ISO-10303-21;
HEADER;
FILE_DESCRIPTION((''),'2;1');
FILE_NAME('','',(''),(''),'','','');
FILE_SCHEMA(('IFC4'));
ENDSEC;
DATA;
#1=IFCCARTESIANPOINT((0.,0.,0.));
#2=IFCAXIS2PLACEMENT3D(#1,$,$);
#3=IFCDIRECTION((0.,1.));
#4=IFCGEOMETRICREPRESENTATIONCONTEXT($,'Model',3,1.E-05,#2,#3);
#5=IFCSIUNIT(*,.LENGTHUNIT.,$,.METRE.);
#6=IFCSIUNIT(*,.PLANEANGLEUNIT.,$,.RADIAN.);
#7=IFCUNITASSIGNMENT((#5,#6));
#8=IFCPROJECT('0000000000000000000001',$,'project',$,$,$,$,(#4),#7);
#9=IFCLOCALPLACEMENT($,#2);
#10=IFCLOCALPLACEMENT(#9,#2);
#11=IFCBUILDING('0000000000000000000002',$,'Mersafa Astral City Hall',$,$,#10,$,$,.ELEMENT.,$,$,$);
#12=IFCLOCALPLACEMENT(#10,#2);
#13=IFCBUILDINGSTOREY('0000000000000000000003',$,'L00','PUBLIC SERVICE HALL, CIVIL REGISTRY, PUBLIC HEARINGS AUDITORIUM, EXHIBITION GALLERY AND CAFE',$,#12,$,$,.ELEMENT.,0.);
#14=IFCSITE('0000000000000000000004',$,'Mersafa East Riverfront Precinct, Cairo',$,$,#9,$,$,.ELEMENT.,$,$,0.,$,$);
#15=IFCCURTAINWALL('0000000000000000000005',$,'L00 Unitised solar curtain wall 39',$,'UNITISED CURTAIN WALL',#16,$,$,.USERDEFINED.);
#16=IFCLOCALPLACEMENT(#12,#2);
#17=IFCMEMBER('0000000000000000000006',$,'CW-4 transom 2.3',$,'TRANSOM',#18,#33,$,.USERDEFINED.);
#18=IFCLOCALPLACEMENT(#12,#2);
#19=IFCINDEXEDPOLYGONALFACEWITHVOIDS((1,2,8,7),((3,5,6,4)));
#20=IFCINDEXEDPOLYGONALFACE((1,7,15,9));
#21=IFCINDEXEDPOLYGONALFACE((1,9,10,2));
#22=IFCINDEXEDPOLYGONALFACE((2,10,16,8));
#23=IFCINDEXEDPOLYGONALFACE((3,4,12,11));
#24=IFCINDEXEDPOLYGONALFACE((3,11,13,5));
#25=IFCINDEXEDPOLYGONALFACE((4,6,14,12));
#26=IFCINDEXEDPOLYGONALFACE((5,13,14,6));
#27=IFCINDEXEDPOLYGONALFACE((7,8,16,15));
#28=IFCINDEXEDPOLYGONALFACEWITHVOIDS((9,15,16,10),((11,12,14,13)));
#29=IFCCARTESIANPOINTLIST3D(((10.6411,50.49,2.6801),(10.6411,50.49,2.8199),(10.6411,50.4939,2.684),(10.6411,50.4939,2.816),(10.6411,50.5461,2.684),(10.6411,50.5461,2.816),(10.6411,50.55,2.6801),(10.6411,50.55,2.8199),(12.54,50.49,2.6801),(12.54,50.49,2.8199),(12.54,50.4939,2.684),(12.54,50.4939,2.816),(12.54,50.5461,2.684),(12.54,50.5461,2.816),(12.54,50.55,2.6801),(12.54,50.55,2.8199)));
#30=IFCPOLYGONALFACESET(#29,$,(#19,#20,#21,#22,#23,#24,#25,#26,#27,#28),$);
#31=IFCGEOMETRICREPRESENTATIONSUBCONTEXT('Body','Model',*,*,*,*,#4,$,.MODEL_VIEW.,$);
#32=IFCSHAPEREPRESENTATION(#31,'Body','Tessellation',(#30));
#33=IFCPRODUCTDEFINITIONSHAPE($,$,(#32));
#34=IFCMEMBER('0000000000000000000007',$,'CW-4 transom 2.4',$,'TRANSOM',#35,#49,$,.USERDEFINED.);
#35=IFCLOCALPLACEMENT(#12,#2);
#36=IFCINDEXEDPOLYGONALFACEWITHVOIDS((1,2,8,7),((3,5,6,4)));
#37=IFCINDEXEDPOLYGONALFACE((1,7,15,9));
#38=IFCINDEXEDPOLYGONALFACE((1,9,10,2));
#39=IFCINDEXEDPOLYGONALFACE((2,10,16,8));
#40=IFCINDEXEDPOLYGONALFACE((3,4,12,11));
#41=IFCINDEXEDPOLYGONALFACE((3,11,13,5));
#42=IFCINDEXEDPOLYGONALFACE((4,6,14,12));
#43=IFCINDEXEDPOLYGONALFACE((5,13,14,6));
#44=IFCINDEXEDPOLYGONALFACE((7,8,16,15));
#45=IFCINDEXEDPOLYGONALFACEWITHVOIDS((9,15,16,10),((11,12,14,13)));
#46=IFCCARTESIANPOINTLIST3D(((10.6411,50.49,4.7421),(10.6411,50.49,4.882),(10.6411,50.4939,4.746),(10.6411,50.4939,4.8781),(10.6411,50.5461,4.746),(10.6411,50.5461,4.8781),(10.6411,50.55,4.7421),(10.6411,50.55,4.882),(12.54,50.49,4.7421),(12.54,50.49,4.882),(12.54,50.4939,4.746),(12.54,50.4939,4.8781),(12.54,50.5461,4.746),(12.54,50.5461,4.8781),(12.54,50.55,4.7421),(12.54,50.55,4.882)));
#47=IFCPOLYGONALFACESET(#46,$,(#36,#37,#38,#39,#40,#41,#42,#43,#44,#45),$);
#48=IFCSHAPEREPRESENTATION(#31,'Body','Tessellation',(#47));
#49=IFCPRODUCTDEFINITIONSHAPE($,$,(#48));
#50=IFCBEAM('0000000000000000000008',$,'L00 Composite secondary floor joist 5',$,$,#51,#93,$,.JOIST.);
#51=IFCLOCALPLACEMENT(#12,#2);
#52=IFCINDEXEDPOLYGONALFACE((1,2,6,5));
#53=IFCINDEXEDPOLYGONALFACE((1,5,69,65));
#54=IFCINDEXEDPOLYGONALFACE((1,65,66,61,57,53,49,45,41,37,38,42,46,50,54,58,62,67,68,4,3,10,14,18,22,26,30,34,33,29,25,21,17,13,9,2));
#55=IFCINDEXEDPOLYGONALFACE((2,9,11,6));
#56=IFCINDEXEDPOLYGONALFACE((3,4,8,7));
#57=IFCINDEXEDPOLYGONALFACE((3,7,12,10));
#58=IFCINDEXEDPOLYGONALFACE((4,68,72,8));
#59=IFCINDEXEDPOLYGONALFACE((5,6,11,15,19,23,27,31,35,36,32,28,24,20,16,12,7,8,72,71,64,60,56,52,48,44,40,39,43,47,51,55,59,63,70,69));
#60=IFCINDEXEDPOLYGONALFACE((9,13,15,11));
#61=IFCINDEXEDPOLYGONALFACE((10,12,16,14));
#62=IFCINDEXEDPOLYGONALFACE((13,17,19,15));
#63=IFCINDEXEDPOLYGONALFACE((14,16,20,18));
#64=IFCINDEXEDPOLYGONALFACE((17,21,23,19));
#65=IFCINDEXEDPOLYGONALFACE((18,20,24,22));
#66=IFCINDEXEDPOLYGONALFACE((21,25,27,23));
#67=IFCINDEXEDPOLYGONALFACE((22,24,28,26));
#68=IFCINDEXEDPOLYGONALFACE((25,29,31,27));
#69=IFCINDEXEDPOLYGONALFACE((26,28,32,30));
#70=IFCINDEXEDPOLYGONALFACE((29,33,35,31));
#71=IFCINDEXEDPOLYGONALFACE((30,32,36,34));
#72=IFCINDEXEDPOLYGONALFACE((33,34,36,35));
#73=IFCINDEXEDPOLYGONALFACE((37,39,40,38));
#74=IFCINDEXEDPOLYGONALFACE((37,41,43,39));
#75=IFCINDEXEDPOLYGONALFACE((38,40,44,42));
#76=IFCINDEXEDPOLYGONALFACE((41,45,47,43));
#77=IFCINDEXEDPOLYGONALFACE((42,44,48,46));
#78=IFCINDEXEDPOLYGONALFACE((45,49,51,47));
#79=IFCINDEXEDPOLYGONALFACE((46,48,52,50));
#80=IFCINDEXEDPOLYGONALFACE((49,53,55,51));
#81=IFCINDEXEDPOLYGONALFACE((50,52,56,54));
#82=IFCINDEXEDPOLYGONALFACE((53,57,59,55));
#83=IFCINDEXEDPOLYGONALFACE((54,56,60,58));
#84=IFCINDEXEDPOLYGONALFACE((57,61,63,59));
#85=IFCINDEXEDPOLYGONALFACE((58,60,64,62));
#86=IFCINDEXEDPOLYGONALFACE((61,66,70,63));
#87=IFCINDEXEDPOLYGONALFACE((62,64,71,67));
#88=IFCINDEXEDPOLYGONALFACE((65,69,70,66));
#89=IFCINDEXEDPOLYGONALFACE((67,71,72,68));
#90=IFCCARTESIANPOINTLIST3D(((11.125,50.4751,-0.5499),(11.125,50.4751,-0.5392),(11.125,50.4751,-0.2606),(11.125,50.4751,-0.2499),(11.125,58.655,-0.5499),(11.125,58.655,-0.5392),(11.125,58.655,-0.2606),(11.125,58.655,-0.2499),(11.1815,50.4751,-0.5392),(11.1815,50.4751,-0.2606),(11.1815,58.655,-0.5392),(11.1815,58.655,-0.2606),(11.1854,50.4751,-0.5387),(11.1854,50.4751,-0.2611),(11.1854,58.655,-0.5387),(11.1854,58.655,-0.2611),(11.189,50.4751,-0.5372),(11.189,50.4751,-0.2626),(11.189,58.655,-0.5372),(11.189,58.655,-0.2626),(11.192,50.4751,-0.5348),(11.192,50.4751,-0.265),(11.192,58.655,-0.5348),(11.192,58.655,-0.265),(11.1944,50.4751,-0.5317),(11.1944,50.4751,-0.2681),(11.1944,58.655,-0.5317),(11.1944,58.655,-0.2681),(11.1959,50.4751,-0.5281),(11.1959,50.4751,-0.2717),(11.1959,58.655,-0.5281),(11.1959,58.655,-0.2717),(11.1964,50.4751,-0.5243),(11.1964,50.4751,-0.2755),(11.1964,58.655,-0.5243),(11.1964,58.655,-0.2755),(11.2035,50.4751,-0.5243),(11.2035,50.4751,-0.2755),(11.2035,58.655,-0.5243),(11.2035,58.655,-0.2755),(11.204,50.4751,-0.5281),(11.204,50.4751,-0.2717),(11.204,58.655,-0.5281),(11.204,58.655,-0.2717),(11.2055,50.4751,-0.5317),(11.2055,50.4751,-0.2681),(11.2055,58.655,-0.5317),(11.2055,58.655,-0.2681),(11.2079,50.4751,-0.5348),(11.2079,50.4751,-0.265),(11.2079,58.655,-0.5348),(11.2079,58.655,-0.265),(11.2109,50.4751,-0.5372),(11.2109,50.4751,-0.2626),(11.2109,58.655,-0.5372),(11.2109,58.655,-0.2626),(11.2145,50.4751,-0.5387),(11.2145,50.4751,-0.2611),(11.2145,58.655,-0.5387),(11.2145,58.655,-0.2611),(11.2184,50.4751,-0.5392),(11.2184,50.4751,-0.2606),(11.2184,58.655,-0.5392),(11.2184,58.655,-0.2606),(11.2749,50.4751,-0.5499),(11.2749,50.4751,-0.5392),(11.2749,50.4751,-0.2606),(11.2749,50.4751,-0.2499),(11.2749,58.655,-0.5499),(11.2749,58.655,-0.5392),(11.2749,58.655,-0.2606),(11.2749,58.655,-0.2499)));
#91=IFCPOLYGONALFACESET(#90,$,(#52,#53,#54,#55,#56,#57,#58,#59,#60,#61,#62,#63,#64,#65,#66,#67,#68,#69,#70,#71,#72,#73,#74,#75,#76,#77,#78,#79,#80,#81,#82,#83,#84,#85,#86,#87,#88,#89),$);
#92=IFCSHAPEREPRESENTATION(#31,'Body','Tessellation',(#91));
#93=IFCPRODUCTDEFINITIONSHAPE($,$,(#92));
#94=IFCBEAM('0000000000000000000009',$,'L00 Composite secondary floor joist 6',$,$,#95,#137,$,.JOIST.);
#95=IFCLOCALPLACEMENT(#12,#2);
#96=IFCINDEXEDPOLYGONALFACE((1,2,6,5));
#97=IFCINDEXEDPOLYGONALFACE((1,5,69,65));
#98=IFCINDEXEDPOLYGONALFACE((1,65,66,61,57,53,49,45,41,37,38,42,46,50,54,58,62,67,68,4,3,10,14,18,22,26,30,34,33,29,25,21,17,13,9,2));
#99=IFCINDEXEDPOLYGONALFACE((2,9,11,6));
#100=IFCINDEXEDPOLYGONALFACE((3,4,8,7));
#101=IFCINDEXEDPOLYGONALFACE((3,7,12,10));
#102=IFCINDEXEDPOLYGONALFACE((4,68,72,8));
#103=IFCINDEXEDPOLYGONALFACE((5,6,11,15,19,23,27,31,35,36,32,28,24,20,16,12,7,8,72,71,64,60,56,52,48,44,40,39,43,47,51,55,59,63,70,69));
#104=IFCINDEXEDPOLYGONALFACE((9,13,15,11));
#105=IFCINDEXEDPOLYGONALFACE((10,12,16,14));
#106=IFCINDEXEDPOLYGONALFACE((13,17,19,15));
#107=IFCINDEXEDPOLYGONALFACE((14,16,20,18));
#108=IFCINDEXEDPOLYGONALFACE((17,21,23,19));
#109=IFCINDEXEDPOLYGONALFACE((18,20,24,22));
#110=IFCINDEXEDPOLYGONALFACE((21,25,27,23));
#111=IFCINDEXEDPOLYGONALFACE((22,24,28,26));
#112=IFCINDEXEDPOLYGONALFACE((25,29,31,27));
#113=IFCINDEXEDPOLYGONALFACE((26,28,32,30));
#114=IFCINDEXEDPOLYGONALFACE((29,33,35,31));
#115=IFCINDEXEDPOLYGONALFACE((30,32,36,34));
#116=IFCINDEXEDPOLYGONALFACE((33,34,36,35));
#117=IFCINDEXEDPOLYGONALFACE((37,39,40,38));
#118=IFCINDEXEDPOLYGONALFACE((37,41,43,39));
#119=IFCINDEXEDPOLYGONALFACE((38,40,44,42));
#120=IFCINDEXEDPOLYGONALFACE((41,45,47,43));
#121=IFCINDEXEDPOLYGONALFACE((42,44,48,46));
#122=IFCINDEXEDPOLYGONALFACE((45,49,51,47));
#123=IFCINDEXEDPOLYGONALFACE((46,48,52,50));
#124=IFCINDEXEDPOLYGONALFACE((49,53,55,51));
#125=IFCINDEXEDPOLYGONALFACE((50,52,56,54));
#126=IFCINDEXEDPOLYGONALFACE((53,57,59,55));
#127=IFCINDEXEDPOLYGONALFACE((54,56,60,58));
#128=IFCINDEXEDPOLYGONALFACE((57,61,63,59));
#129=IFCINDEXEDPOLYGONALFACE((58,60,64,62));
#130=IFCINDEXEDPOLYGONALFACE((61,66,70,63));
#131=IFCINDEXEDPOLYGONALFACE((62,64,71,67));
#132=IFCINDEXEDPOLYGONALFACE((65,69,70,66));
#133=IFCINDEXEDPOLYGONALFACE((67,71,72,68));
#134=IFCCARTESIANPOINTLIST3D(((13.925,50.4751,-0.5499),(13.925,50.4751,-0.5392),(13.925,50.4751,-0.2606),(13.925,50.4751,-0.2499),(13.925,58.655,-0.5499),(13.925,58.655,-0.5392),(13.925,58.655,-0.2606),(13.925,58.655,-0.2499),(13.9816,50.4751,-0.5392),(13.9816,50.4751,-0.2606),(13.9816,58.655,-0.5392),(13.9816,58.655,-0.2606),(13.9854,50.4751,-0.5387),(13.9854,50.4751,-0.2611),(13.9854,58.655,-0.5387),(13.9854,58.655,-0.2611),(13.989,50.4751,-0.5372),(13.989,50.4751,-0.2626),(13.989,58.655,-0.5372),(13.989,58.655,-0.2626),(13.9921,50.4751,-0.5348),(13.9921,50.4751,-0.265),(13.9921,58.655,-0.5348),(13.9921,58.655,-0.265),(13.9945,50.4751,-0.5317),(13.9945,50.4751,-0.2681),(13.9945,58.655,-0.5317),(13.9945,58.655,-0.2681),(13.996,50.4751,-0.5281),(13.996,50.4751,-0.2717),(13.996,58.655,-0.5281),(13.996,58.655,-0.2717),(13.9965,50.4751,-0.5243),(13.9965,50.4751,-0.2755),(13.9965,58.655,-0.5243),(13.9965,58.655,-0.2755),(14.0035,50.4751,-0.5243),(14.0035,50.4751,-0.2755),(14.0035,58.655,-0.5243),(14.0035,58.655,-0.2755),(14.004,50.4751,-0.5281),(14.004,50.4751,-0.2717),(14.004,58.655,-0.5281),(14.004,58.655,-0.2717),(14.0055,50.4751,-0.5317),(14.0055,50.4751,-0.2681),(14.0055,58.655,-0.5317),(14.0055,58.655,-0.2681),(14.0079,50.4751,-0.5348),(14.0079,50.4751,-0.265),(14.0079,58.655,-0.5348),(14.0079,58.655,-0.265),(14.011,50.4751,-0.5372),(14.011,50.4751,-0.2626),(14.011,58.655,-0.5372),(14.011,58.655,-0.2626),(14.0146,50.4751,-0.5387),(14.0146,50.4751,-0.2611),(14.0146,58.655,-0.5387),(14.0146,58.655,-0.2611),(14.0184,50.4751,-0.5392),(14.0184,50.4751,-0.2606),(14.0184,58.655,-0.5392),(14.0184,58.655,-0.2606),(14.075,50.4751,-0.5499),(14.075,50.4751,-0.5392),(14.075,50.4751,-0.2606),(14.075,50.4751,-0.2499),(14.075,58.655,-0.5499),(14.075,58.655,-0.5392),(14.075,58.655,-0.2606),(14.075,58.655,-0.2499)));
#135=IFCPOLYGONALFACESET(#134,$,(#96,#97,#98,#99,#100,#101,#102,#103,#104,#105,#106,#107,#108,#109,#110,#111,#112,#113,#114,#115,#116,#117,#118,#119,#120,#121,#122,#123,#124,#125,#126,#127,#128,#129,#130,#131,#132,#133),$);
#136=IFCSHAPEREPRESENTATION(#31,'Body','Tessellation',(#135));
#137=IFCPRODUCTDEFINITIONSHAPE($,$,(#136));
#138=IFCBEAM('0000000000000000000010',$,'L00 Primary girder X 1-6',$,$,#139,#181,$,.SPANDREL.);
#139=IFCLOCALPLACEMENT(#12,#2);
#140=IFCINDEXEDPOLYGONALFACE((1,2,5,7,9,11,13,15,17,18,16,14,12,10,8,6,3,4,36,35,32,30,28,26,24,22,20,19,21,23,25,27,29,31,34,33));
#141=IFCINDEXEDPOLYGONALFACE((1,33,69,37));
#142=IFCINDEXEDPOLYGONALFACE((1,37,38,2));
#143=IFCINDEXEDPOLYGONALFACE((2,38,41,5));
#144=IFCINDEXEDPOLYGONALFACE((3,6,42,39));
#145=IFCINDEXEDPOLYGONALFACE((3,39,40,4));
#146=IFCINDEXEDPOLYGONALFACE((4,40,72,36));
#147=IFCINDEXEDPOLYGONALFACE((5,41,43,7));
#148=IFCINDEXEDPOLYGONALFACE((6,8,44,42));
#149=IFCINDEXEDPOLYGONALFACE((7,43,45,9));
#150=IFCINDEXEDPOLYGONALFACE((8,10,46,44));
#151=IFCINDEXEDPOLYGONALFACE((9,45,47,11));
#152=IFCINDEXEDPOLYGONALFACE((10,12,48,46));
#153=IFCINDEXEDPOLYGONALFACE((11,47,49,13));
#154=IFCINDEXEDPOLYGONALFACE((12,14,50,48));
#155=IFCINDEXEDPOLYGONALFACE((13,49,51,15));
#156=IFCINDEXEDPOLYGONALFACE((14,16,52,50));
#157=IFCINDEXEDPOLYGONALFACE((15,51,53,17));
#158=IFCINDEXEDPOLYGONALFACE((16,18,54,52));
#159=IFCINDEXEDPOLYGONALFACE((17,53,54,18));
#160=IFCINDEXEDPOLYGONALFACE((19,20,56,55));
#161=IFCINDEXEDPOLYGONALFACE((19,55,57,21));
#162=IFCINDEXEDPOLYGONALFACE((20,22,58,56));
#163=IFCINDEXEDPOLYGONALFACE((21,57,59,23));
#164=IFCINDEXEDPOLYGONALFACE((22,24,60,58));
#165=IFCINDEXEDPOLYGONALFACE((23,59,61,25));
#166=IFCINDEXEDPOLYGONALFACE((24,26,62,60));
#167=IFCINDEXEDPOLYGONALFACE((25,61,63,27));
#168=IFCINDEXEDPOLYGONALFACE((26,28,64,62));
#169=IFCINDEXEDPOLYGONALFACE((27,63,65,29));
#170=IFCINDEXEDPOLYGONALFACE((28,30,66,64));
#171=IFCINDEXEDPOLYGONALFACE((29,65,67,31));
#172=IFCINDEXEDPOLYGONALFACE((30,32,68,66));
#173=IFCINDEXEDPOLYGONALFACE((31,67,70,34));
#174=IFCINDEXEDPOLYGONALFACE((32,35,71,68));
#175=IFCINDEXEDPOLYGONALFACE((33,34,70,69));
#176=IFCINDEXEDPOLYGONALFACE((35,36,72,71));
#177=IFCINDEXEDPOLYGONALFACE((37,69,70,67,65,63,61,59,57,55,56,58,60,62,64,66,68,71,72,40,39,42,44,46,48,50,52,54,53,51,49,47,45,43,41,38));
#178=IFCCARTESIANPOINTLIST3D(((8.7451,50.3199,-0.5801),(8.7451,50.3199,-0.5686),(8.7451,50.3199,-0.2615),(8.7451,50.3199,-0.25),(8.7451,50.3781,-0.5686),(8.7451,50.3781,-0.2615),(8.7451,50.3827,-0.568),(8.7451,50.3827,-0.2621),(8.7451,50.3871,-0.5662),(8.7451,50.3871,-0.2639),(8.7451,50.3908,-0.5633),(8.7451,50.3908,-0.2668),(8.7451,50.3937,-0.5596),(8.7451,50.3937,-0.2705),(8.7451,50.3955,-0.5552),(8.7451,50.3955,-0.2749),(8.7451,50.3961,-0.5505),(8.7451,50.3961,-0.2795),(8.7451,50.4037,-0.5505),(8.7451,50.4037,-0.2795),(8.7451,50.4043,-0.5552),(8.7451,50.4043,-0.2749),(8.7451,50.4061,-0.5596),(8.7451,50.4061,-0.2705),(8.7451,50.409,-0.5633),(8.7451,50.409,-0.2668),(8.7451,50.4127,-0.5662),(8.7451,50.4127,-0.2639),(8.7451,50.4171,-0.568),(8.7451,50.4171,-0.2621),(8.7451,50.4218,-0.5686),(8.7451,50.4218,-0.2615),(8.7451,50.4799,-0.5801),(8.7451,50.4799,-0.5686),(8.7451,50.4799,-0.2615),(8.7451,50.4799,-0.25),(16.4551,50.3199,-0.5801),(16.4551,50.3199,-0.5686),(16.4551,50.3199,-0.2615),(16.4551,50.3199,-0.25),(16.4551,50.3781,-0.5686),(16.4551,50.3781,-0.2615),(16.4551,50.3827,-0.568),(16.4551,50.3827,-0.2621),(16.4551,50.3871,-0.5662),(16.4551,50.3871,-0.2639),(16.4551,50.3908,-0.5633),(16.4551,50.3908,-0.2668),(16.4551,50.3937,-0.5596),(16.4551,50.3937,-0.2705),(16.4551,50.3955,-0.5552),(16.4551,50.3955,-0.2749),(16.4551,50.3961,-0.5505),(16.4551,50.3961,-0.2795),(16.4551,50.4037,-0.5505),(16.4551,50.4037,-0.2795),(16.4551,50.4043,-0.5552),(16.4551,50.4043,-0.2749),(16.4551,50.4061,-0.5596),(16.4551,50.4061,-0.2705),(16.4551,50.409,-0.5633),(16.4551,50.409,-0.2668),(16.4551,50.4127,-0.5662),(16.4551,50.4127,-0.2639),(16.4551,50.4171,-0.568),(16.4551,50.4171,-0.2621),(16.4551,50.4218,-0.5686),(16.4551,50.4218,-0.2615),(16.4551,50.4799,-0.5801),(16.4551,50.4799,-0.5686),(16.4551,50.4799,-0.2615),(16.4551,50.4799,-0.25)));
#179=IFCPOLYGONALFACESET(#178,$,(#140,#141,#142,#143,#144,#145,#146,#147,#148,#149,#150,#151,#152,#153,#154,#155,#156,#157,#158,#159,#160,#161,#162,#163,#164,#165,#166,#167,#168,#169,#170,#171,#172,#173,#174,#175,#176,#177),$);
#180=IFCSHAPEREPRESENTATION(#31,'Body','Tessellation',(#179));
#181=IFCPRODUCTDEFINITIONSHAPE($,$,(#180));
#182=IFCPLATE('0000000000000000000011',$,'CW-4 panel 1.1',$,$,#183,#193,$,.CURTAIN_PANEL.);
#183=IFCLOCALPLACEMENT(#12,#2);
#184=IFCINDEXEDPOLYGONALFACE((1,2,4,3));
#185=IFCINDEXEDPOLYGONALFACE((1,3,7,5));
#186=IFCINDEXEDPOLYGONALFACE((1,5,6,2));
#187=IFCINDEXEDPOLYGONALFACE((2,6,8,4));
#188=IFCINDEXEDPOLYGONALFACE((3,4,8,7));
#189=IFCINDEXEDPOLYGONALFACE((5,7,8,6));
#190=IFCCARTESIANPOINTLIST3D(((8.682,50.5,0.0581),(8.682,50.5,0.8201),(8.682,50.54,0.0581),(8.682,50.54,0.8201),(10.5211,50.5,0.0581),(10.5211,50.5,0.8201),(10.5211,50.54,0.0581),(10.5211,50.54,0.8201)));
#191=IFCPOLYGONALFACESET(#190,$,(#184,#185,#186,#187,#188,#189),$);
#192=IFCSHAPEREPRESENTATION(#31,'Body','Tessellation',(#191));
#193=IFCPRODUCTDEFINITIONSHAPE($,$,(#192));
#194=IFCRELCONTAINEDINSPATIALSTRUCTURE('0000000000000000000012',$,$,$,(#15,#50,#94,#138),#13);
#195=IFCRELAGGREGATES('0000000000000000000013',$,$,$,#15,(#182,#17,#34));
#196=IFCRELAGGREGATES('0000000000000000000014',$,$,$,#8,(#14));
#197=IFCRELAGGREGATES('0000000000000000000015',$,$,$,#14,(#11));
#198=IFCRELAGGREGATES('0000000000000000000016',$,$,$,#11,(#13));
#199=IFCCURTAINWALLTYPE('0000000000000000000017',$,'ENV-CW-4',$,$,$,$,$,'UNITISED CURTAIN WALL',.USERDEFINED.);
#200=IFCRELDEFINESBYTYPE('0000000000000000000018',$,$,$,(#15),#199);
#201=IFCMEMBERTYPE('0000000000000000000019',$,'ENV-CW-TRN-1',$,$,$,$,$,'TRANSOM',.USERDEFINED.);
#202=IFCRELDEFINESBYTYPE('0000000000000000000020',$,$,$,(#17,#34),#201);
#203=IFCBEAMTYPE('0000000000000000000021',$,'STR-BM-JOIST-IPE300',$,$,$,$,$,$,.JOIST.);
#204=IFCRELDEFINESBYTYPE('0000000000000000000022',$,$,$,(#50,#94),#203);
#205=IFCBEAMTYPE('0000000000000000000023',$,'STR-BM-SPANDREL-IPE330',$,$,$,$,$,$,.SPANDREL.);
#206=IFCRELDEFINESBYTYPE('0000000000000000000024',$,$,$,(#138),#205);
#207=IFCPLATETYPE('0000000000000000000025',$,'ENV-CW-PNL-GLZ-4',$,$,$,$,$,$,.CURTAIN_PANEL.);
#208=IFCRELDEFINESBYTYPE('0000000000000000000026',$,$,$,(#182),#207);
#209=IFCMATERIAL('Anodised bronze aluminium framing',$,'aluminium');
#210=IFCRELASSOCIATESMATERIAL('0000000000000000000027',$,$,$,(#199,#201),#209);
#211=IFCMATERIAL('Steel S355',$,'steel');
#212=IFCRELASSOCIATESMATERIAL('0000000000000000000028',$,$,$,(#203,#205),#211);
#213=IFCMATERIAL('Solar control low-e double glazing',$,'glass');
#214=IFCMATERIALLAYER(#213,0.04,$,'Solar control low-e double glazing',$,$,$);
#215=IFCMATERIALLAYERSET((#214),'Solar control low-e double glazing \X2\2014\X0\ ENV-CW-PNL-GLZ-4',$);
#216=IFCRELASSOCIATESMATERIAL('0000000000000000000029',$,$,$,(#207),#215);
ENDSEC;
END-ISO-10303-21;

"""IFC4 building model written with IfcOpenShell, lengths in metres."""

from ifc_helpers import new_model, si_unit, direction, frame, origin, origin_2d, place, context, subcontext, project, spatial, rectangle, hollow_rectangle, i_section, extrude, material, layer, layer_set, material_profile, profile_set, type_object, element, aggregate, save


model = new_model("IFC4")

# Units and contexts
model_context = context("Model", 3, precision=1e-05, world=origin(), true_north=direction((0.0, 1.0)))
body_context = subcontext(model_context, "Body", "Model", "MODEL_VIEW")
ifc_project = project(units=[si_unit("LENGTHUNIT", "METRE"), si_unit("PLANEANGLEUNIT", "RADIAN")], contexts=[model_context])

# Site, building, storey
site_placement = place(None, origin())
site = spatial("IfcSite", under=ifc_project, at=site_placement, Name="Mersafa East Riverfront Precinct, Cairo", CompositionType="ELEMENT", RefElevation=0.0)
building_placement = place(site_placement, origin())
building = spatial("IfcBuilding", under=site, at=building_placement, Name="Mersafa Astral City Hall", CompositionType="ELEMENT")
storey_placement = place(building_placement, origin())
storey = spatial("IfcBuildingStorey", under=building, at=storey_placement, Name="L00", Description="PUBLIC SERVICE HALL, CIVIL REGISTRY, PUBLIC HEARINGS AUDITORIUM, EXHIBITION GALLERY AND CAFE", CompositionType="ELEMENT", Elevation=0.0)

# Shared definitions
ifc_material_1 = material(Name="Steel S355", Category="steel")

# Curtain wall, members
ifc_material_2 = material(Name="Anodised bronze aluminium framing", Category="aluminium")
curtain_wall_type = type_object("IfcCurtainWallType", Name="ENV-CW-4", ElementType="UNITISED CURTAIN WALL", PredefinedType="USERDEFINED", material=ifc_material_2)
curtain_wall_placement = place(storey_placement, origin())
curtain_wall = element("IfcCurtainWall", 1, at=curtain_wall_placement, inside=storey, type_object=curtain_wall_type, Name="L00 Unitised solar curtain wall 39", ObjectType="UNITISED CURTAIN WALL", PredefinedType="USERDEFINED")
ifc_material_profile_1 = material_profile(ifc_material_2, hollow_rectangle(XDim=0.0601, YDim=0.1399, WallThickness=0.0039, at=origin_2d()), Name="RHS 60x140x4")
ifc_profile_set_1 = profile_set([ifc_material_profile_1], Name="Anodised bronze aluminium framing")
member_type_1 = type_object("IfcMemberType", Name="ENV-CW-TRN-1", ElementType="TRANSOM", PredefinedType="USERDEFINED", material=ifc_profile_set_1)
member_1_placement = place(storey_placement, frame((10.6411, 50.52, 2.75), z_axis=(1.0, 0.0, 0.0), x_axis=(0.0, 1.0, 0.0)))
member_1 = element("IfcMember", 2, at=member_1_placement, type_object=member_type_1, Name="CW-4 transom 2.3", ObjectType="TRANSOM", PredefinedType="USERDEFINED", context=body_context, shape_type="SweptSolid", body=[
    extrude(hollow_rectangle(XDim=0.0601, YDim=0.1399, WallThickness=0.0039, at=origin_2d()), origin(), (0.0, 0.0, 1.0), 1.8989),
])
member_2_placement = place(storey_placement, frame((10.6411, 50.52, 4.812), z_axis=(1.0, 0.0, 0.0), x_axis=(0.0, 1.0, 0.0)))
member_2 = element("IfcMember", 3, at=member_2_placement, type_object=member_type_1, Name="CW-4 transom 2.4", ObjectType="TRANSOM", PredefinedType="USERDEFINED", context=body_context, shape_type="SweptSolid", body=[
    extrude(hollow_rectangle(XDim=0.0601, YDim=0.1399, WallThickness=0.0039, at=origin_2d()), origin(), (0.0, 0.0, 1.0), 1.8989),
])

# Beams
ifc_material_profile_2 = material_profile(ifc_material_1, i_section(OverallWidth=0.1499, OverallDepth=0.3, WebThickness=0.0071, FlangeThickness=0.0107, FilletRadius=0.0149, at=origin_2d()), Name="IPE 300")
ifc_profile_set_2 = profile_set([ifc_material_profile_2], Name="Steel S355")
beam_type_1 = type_object("IfcBeamType", Name="STR-BM-JOIST-IPE300", PredefinedType="JOIST", material=ifc_profile_set_2)
for number, where, z_axis, x_axis, name in (
    (4, (11.2, 50.4751, -0.3999), (0.0, 1.0, 0.0), (-1.0, 0.0, 0.0), "L00 Composite secondary floor joist 5"),
    (5, (14.0, 50.4751, -0.3999), (0.0, 1.0, 0.0), (-1.0, 0.0, 0.0), "L00 Composite secondary floor joist 6"),
):
    element("IfcBeam", number, at=place(storey_placement, frame(where, z_axis=z_axis, x_axis=x_axis)), inside=storey, type_object=beam_type_1, Name=name, PredefinedType="JOIST", context=body_context, shape_type="SweptSolid", body=[
        extrude(i_section(OverallWidth=0.1499, OverallDepth=0.3, WebThickness=0.0071, FlangeThickness=0.0107, FilletRadius=0.0149, at=origin_2d()), origin(), (0.0, 0.0, 1.0), 8.1799),
    ])
ifc_material_profile_3 = material_profile(ifc_material_1, i_section(OverallWidth=0.1599, OverallDepth=0.3301, WebThickness=0.0076, FlangeThickness=0.0115, FilletRadius=0.0181, at=origin_2d()), Name="IPE 330")
ifc_profile_set_3 = profile_set([ifc_material_profile_3], Name="Steel S355")
beam_type_2 = type_object("IfcBeamType", Name="STR-BM-SPANDREL-IPE330", PredefinedType="SPANDREL", material=ifc_profile_set_3)
beam_placement = place(storey_placement, frame((8.7451, 50.3999, -0.415), z_axis=(1.0, 0.0, 0.0), x_axis=(0.0, 1.0, 0.0)))
element("IfcBeam", 6, at=beam_placement, inside=storey, type_object=beam_type_2, Name="L00 Primary girder X 1-6", PredefinedType="SPANDREL", context=body_context, shape_type="SweptSolid", body=[
    extrude(i_section(OverallWidth=0.1599, OverallDepth=0.3301, WebThickness=0.0076, FlangeThickness=0.0115, FilletRadius=0.0181, at=origin_2d()), origin(), (0.0, 0.0, 1.0), 7.71),
])

# Plate
ifc_material_3 = material(Name="Solar control low-e double glazing", Category="glass")
ifc_layer = layer(ifc_material_3, 0.04, Name="Solar control low-e double glazing")
ifc_layer_set = layer_set([ifc_layer], Name="Solar control low-e double glazing — ENV-CW-PNL-GLZ-4")
plate_type = type_object("IfcPlateType", Name="ENV-CW-PNL-GLZ-4", PredefinedType="CURTAIN_PANEL", material=ifc_layer_set)
plate_1_placement = place(storey_placement, frame((9.6016, 50.52, 0.0581), z_axis=(0.0, 0.0, 1.0), x_axis=(1.0, 0.0, 0.0)))
plate_1 = element("IfcPlate", 7, at=plate_1_placement, type_object=plate_type, Name="CW-4 panel 1.1", PredefinedType="CURTAIN_PANEL", context=body_context, shape_type="SweptSolid", body=[
    extrude(rectangle(XDim=1.8391, YDim=0.04, at=origin_2d()), origin(), (0.0, 0.0, 1.0), 0.762),
])
aggregate(curtain_wall, [plate_1, member_1, member_2])

save(model, "model.ifc")
